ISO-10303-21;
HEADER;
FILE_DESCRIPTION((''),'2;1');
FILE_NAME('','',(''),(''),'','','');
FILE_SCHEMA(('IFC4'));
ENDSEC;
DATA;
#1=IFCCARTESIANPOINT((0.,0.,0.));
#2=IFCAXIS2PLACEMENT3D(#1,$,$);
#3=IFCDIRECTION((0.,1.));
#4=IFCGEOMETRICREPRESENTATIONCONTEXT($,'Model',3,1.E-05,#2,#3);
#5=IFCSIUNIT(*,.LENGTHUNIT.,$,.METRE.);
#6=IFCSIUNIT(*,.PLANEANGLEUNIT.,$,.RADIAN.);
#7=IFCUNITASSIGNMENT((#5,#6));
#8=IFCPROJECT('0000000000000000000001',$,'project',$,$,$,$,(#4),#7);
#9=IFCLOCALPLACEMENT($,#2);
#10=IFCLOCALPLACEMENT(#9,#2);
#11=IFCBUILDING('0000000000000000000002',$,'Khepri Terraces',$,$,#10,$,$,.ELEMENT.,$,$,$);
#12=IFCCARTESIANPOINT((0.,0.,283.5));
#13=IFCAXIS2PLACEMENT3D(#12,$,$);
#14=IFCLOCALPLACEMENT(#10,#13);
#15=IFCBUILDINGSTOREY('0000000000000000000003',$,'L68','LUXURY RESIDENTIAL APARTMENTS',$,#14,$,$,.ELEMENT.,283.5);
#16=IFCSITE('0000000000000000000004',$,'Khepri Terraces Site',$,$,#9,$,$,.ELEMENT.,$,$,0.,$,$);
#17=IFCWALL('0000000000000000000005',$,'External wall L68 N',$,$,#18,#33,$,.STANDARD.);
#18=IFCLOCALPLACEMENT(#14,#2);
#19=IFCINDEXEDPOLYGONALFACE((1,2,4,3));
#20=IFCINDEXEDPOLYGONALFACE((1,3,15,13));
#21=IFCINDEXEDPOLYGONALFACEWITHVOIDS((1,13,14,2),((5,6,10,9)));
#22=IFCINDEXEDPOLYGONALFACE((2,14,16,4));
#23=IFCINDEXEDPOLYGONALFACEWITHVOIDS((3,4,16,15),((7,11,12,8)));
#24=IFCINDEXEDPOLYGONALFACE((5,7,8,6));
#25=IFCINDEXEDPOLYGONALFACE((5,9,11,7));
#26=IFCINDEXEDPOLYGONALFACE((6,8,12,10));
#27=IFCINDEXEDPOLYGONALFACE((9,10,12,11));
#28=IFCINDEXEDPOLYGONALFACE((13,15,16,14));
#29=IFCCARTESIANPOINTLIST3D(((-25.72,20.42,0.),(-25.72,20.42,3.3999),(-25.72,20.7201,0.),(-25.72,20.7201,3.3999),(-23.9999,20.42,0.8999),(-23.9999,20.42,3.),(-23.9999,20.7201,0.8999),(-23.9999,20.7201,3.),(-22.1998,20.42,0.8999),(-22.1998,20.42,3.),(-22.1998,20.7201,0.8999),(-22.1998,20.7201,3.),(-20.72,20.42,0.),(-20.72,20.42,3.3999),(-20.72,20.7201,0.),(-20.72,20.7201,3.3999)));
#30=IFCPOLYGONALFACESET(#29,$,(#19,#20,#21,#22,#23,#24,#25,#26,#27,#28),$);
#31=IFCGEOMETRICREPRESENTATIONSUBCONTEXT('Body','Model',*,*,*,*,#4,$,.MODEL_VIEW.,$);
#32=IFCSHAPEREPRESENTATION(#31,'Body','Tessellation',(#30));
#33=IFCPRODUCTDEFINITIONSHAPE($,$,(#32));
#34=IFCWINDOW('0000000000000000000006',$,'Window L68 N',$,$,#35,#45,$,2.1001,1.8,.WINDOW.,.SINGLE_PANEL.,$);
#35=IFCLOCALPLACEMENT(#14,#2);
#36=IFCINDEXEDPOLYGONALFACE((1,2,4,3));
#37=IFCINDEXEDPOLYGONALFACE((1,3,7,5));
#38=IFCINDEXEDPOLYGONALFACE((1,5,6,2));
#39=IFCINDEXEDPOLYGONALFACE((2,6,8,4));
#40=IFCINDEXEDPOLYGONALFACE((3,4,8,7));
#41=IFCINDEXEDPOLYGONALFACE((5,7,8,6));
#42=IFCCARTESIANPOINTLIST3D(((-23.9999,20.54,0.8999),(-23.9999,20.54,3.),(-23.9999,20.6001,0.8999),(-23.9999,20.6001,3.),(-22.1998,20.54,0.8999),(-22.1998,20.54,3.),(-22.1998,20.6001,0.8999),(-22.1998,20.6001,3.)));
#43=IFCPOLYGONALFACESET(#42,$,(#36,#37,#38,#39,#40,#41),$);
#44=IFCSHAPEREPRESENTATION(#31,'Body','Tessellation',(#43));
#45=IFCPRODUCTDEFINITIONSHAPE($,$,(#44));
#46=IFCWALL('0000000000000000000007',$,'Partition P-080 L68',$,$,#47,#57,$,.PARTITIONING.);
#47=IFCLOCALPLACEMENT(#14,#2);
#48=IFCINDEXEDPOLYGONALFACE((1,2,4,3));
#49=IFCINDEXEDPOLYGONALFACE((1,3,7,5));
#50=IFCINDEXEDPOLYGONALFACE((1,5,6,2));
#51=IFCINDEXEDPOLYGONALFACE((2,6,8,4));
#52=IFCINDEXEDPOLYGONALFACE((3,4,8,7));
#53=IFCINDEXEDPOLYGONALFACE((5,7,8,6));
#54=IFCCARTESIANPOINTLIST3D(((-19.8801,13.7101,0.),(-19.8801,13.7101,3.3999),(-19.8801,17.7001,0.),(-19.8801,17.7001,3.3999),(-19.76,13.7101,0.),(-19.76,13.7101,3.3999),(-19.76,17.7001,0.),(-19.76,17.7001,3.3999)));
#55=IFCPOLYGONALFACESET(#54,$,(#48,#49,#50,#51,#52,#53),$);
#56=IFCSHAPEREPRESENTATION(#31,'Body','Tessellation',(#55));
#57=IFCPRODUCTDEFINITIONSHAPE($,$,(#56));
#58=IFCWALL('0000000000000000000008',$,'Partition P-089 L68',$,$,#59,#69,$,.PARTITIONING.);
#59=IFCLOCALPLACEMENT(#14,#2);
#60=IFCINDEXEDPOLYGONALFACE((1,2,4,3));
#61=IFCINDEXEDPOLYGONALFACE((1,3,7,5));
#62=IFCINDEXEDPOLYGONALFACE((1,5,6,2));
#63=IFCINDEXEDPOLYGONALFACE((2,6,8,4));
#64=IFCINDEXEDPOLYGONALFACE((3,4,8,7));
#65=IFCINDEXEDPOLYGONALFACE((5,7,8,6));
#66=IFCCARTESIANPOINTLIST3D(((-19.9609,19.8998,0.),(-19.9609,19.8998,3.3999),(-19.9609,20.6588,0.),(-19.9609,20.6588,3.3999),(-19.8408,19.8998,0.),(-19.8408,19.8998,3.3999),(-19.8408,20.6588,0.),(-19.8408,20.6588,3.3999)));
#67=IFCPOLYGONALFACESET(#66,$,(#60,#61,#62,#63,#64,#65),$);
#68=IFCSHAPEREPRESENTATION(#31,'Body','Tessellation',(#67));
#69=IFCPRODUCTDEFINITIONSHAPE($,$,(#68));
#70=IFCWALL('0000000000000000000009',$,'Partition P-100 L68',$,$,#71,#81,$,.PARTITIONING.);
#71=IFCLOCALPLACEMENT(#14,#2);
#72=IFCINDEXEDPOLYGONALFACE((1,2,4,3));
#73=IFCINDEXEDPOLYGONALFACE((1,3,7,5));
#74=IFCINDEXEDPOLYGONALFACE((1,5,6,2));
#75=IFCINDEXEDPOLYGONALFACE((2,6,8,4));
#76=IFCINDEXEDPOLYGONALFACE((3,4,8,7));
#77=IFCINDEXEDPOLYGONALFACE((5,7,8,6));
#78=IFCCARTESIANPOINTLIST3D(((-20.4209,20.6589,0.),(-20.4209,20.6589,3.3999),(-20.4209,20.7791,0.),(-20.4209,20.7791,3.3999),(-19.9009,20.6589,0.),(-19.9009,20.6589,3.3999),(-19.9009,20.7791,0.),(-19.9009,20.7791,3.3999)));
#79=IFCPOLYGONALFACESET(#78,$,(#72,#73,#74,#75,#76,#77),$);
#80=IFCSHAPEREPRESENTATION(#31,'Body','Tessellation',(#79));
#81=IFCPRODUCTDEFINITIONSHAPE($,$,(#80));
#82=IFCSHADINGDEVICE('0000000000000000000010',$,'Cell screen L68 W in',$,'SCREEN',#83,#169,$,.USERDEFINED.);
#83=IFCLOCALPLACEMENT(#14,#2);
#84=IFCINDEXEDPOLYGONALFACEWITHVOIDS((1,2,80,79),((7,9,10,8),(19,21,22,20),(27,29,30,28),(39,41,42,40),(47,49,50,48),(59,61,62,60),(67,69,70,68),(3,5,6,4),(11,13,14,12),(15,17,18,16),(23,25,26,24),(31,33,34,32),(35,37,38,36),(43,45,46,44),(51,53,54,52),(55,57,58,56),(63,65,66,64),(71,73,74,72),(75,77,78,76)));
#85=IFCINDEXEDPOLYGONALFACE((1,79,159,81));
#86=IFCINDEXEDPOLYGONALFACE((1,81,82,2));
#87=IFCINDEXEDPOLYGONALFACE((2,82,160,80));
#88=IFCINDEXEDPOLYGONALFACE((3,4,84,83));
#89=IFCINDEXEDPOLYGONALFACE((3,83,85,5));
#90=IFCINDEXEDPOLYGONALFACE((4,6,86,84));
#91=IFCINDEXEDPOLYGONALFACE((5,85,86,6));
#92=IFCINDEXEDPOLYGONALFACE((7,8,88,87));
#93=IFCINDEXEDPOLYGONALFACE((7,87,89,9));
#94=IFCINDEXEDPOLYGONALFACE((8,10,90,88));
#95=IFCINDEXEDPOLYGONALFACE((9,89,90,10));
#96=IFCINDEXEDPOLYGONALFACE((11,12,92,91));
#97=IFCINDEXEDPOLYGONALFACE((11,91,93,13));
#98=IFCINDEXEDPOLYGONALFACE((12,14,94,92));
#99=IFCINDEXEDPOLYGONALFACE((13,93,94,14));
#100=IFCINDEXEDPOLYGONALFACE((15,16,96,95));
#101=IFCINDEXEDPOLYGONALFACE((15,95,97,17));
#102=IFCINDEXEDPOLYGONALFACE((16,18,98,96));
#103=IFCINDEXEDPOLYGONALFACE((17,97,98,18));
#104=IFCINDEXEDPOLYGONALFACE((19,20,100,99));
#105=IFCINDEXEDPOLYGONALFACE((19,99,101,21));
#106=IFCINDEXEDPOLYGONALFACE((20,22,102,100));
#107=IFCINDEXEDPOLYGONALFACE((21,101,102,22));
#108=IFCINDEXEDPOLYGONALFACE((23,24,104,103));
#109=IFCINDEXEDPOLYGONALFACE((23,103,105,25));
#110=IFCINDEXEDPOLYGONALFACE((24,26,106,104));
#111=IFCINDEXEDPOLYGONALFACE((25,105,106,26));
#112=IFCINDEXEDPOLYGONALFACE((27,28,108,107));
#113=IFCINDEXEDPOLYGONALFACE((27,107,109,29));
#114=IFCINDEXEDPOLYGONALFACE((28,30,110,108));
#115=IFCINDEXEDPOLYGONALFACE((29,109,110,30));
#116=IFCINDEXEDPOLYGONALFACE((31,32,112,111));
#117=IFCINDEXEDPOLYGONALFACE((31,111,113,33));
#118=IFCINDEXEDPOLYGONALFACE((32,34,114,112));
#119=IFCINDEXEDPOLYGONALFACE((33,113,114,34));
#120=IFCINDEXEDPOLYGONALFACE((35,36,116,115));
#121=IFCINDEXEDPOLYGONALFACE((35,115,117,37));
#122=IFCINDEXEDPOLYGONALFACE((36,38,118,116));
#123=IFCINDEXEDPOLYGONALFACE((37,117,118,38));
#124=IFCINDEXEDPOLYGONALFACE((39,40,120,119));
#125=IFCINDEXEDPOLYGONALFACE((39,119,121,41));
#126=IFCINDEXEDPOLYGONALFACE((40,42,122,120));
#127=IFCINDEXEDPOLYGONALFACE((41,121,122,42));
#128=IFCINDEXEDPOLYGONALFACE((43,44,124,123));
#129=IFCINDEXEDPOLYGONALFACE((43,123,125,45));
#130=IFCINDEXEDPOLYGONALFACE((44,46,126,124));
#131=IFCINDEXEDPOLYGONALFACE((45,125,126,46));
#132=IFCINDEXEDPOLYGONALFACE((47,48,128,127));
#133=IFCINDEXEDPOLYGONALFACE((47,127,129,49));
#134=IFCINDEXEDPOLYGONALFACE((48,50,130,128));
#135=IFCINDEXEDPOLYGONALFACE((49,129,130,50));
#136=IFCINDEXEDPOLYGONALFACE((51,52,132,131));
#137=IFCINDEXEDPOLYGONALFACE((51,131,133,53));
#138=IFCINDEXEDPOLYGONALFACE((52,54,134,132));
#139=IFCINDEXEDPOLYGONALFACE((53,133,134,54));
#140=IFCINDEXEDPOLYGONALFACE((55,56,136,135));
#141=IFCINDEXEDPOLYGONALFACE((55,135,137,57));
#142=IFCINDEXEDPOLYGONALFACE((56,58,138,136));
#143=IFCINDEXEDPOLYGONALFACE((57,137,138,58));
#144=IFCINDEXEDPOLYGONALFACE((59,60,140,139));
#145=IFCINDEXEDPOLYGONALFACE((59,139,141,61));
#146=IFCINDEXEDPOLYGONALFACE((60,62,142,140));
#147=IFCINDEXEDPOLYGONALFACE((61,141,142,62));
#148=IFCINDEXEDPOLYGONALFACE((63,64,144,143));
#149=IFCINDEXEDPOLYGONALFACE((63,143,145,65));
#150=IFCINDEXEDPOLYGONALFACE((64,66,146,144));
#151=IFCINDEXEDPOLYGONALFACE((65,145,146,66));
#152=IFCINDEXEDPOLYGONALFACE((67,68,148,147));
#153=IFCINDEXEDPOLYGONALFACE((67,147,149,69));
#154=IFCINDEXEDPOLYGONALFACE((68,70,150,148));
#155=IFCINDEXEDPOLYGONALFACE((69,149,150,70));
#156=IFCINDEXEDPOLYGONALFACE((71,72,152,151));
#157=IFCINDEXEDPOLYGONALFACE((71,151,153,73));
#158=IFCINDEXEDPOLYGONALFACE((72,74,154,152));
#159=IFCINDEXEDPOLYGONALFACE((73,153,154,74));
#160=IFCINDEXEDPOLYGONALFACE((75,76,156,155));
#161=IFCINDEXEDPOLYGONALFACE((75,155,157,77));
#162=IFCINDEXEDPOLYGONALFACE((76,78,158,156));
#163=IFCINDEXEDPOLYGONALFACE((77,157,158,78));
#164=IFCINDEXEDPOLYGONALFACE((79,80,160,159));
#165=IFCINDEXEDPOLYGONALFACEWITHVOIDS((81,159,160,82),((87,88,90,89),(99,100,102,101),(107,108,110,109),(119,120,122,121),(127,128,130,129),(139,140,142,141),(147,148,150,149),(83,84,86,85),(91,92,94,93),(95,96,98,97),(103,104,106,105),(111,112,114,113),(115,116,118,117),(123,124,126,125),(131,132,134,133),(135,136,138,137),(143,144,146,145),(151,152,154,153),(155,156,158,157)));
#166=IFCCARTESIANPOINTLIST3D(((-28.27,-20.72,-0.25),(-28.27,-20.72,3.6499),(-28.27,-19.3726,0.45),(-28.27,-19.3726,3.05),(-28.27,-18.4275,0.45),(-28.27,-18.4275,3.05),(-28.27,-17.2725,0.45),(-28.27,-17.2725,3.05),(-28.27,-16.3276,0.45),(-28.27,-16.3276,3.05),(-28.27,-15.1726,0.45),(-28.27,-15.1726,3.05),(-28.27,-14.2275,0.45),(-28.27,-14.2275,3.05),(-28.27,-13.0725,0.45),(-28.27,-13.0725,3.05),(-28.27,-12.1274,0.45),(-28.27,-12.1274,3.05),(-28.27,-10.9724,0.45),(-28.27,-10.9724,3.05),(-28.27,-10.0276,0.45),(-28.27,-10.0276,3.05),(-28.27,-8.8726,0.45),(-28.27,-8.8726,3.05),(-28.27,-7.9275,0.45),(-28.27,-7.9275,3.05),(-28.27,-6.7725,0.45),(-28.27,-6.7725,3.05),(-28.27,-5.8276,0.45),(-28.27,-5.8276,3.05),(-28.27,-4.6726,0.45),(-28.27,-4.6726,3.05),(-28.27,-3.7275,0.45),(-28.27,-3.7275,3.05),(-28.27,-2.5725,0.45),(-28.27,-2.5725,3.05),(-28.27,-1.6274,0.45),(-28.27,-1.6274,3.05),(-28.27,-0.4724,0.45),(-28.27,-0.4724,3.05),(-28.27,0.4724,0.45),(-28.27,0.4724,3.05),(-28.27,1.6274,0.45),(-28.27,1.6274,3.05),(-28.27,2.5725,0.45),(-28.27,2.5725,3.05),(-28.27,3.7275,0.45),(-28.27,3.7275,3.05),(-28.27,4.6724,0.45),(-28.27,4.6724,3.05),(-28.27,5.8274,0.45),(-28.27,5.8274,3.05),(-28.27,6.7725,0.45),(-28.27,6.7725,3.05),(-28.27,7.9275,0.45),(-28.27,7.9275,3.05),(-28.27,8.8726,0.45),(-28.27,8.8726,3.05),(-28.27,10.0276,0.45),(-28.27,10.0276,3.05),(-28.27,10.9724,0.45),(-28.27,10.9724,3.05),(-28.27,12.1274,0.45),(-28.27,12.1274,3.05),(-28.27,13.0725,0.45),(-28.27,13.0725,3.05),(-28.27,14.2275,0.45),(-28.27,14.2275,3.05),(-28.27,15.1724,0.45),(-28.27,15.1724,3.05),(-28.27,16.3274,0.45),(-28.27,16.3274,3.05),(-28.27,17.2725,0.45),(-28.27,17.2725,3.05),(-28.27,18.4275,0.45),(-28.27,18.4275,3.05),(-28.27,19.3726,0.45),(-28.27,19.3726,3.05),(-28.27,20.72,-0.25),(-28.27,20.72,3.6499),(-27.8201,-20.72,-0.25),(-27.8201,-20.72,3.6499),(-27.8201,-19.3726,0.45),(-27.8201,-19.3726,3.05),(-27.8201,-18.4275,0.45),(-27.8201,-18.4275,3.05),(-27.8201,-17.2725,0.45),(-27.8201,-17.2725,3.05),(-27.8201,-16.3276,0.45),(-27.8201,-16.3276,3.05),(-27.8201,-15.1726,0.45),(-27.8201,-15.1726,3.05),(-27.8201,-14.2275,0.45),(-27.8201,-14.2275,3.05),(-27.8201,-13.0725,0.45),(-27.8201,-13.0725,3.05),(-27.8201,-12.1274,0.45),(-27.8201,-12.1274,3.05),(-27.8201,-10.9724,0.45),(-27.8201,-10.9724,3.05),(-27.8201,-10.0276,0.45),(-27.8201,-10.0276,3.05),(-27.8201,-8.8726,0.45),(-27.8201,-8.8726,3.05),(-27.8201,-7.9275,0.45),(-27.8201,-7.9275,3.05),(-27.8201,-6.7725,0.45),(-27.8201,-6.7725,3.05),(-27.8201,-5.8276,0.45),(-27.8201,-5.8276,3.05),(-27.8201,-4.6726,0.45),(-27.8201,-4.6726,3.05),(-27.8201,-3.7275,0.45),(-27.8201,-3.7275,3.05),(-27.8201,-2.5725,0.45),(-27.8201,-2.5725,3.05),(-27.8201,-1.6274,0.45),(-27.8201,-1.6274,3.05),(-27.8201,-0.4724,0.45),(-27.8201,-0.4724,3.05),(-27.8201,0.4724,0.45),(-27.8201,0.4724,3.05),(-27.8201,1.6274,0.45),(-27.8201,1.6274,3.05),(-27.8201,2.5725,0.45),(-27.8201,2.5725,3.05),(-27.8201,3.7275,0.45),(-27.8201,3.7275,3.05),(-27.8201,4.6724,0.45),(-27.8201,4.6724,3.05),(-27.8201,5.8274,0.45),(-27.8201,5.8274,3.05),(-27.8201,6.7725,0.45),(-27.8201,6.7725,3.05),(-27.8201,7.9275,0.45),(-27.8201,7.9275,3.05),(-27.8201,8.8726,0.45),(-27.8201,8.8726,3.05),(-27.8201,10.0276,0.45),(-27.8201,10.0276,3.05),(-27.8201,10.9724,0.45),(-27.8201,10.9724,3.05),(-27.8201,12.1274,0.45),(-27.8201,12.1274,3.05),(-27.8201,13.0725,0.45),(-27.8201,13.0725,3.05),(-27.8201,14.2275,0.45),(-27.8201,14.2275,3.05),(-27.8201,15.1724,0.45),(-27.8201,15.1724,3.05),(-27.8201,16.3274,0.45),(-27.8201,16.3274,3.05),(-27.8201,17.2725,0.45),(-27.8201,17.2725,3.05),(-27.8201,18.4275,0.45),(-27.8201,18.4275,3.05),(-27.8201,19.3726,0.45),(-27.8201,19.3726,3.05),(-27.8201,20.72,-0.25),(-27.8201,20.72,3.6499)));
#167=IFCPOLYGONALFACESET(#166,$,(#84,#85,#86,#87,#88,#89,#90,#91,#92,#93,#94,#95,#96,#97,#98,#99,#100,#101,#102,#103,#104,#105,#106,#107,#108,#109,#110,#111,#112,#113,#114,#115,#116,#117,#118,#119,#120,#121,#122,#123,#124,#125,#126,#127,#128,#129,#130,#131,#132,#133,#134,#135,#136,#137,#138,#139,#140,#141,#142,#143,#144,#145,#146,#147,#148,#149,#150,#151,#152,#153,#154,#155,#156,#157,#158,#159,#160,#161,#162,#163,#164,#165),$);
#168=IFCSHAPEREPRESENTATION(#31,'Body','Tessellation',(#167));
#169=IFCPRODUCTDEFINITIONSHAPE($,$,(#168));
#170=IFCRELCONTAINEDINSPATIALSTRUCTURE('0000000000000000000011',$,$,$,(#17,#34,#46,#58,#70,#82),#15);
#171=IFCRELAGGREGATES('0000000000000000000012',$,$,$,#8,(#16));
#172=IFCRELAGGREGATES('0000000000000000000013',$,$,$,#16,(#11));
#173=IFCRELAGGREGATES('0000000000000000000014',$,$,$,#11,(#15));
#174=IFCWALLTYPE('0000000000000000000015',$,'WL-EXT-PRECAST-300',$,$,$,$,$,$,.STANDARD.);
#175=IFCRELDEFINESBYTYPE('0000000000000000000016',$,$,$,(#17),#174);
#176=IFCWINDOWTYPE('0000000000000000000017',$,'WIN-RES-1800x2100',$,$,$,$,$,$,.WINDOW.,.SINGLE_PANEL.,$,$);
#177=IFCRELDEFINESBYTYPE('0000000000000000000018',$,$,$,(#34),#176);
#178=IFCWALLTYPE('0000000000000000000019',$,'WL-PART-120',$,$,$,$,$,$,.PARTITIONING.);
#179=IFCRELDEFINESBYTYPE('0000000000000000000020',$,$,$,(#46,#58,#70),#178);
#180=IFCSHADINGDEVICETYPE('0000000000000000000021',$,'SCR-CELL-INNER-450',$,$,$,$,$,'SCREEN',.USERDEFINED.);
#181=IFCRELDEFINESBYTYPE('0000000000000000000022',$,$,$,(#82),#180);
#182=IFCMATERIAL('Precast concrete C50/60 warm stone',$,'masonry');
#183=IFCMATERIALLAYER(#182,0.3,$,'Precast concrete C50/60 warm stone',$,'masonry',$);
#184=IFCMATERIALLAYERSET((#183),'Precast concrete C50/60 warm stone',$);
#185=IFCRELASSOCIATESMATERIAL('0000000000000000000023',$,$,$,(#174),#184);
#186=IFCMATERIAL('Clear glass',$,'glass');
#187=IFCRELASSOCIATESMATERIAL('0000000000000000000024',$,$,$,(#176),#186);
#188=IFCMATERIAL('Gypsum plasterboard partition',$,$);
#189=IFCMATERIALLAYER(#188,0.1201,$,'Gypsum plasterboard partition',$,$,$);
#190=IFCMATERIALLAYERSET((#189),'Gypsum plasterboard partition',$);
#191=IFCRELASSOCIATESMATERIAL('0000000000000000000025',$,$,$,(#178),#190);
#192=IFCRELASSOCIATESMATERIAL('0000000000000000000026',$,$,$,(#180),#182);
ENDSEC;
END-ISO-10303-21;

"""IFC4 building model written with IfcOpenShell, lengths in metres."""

from ifc_helpers import new_model, si_unit, direction, frame, frame_2d, origin, place, context, subcontext, project, spatial, polyline, rectangle, outline, extrude, material, layer, layer_set, type_object, element, fill, save


model = new_model("IFC4")

# Units and contexts
model_context = context("Model", 3, precision=1e-05, world=origin(), true_north=direction((0.0, 1.0)))
body_context = subcontext(model_context, "Body", "Model", "MODEL_VIEW")
ifc_project = project(units=[si_unit("LENGTHUNIT", "METRE"), si_unit("PLANEANGLEUNIT", "RADIAN")], contexts=[model_context])

# Site, building, storey
site_placement = place(None, origin())
site = spatial("IfcSite", under=ifc_project, at=site_placement, Name="Khepri Terraces Site", CompositionType="ELEMENT", RefElevation=0.0)
building_placement = place(site_placement, origin())
building = spatial("IfcBuilding", under=site, at=building_placement, Name="Khepri Terraces", CompositionType="ELEMENT")
storey_placement = place(building_placement, frame((0.0, 0.0, 283.5)))
storey = spatial("IfcBuildingStorey", under=building, at=storey_placement, Name="L68", Description="LUXURY RESIDENTIAL APARTMENTS", CompositionType="ELEMENT", Elevation=283.5)

# Wall, opening, window
ifc_material_1 = material(Name="Precast concrete C50/60 warm stone", Category="masonry")
ifc_layer_1 = layer(ifc_material_1, 0.3, Name="Precast concrete C50/60 warm stone", Category="masonry")
ifc_layer_set_1 = layer_set([ifc_layer_1], Name="Precast concrete C50/60 warm stone")
wall_type_1 = type_object("IfcWallType", Name="WL-EXT-PRECAST-300", PredefinedType="STANDARD", material=ifc_layer_set_1)
ifc_material_2 = material(Name="Clear glass", Category="glass")
window_type = type_object("IfcWindowType", Name="WIN-RES-1800x2100", PartitioningType="SINGLE_PANEL", PredefinedType="WINDOW", material=ifc_material_2)
wall_1_placement = place(storey_placement, frame((-20.72, 20.5701, 0.0), z_axis=(0.0, 0.0, 1.0), x_axis=(-1.0, 0.0, 0.0)))
wall_1 = element("IfcWall", 1, at=wall_1_placement, inside=storey, type_object=wall_type_1, Name="External wall L68 N", PredefinedType="STANDARD", context=body_context, shape_type="SweptSolid", body=[
    extrude(rectangle(XDim=5.0, YDim=0.3, at=frame_2d((2.5, 0.0))), origin(), (0.0, 0.0, 1.0), 3.3999),
])
opening_1_placement = place(wall_1_placement, frame((1.48, 0.0, 0.8999)))
opening_1 = element("IfcOpeningElement", 2, at=opening_1_placement, cuts=wall_1, PredefinedType="OPENING", context=body_context, shape_type="SweptSolid", body=[
    extrude(rectangle(XDim=1.8, YDim=2.1001, at=frame_2d((0.8999, 1.05))), frame((0.0, 0.1602, 0.0), z_axis=(0.0, -1.0, 0.0), x_axis=(1.0, 0.0, 0.0)), (0.0, 0.0, 1.0), 0.3201),
])
window_1_placement = place(opening_1_placement, origin())
window_1 = element("IfcWindow", 3, at=window_1_placement, inside=storey, type_object=window_type, Name="Window L68 N", OverallHeight=2.1001, OverallWidth=1.8, PartitioningType="SINGLE_PANEL", PredefinedType="WINDOW", context=body_context, shape_type="SweptSolid", body=[
    extrude(rectangle(XDim=1.8, YDim=2.1001, at=frame_2d((0.8999, 1.05))), frame((0.0, 0.03, 0.0), z_axis=(0.0, -1.0, 0.0), x_axis=(1.0, 0.0, 0.0)), (0.0, 0.0, 1.0), 0.0601),
])
fill(opening_1, window_1)

# Walls
ifc_material_3 = material(Name="Gypsum plasterboard partition")
ifc_layer_2 = layer(ifc_material_3, 0.1201, Name="Gypsum plasterboard partition")
ifc_layer_set_2 = layer_set([ifc_layer_2], Name="Gypsum plasterboard partition")
wall_type_2 = type_object("IfcWallType", Name="WL-PART-120", PredefinedType="PARTITIONING", material=ifc_layer_set_2)
wall_2_placement = place(storey_placement, frame((-19.8201, 13.71, 0.0), z_axis=(0.0, 0.0, 1.0), x_axis=(0.0, 1.0, 0.0)))
element("IfcWall", 4, at=wall_2_placement, inside=storey, type_object=wall_type_2, Name="Partition P-080 L68", PredefinedType="PARTITIONING", context=body_context, shape_type="SweptSolid", body=[
    extrude(rectangle(XDim=3.99, YDim=0.1201, at=frame_2d((1.9951, 0.0))), origin(), (0.0, 0.0, 1.0), 3.3999),
])
wall_3_placement = place(storey_placement, frame((-19.9009, 19.8999, 0.0), z_axis=(0.0, 0.0, 1.0), x_axis=(0.0, 1.0, 0.0)))
element("IfcWall", 5, at=wall_3_placement, inside=storey, type_object=wall_type_2, Name="Partition P-089 L68", PredefinedType="PARTITIONING", context=body_context, shape_type="SweptSolid", body=[
    extrude(rectangle(XDim=0.759, YDim=0.1201, at=frame_2d((0.3794, 0.0))), origin(), (0.0, 0.0, 1.0), 3.3999),
])
wall_4_placement = place(storey_placement, frame((-20.4209, 20.719, 0.0), z_axis=(0.0, 0.0, 1.0), x_axis=(1.0, 0.0, 0.0)))
element("IfcWall", 6, at=wall_4_placement, inside=storey, type_object=wall_type_2, Name="Partition P-100 L68", PredefinedType="PARTITIONING", context=body_context, shape_type="SweptSolid", body=[
    extrude(rectangle(XDim=0.52, YDim=0.1201, at=frame_2d((0.26, 0.0))), origin(), (0.0, 0.0, 1.0), 3.3999),
])

# Shading device
shading_device_type_1 = type_object("IfcShadingDeviceType", Name="SCR-CELL-INNER-450", ElementType="SCREEN", PredefinedType="USERDEFINED", material=ifc_material_1)
shading_device_1_placement = place(storey_placement, frame((-27.8201, 20.72, -0.25), z_axis=(-1.0, 0.0, 0.0), x_axis=(0.0, -1.0, 0.0)))
element("IfcShadingDevice", 7, at=shading_device_1_placement, inside=storey, type_object=shading_device_type_1, Name="Cell screen L68 W in", ObjectType="SCREEN", PredefinedType="USERDEFINED", context=body_context, shape_type="SweptSolid", body=[
    extrude(outline(polyline([(0.0, 0.0), (41.4399, 0.0), (41.4399, 3.8999), (0.0, 3.8999), (0.0, 0.0)]), holes=[polyline([(1.3474, 0.7), (2.2925, 0.7), (2.2925, 3.3), (1.3474, 3.3), (1.3474, 0.7)]), polyline([(3.4475, 0.7), (4.3926, 0.7), (4.3926, 3.3), (3.4475, 3.3), (3.4475, 0.7)]), polyline([(5.5476, 0.7), (6.4924, 0.7), (6.4924, 3.3), (5.5476, 3.3), (5.5476, 0.7)]), polyline([(7.6475, 0.7), (8.5925, 0.7), (8.5925, 3.3), (7.6475, 3.3), (7.6475, 0.7)]), polyline([(9.7476, 0.7), (10.6924, 0.7), (10.6924, 3.3), (9.7476, 3.3), (9.7476, 0.7)]), polyline([(11.8474, 0.7), (12.7925, 0.7), (12.7925, 3.3), (11.8474, 3.3), (11.8474, 0.7)]), polyline([(13.9475, 0.7), (14.8926, 0.7), (14.8926, 3.3), (13.9475, 3.3), (13.9475, 0.7)]), polyline([(16.0476, 0.7), (16.9924, 0.7), (16.9924, 3.3), (16.0476, 3.3), (16.0476, 0.7)]), polyline([(18.1475, 0.7), (19.0925, 0.7), (19.0925, 3.3), (18.1475, 3.3), (18.1475, 0.7)]), polyline([(20.2476, 0.7), (21.1924, 0.7), (21.1924, 3.3), (20.2476, 3.3), (20.2476, 0.7)]), polyline([(22.3474, 0.7), (23.2925, 0.7), (23.2925, 3.3), (22.3474, 3.3), (22.3474, 0.7)]), polyline([(24.4475, 0.7), (25.3926, 0.7), (25.3926, 3.3), (24.4475, 3.3), (24.4475, 0.7)]), polyline([(26.5476, 0.7), (27.4924, 0.7), (27.4924, 3.3), (26.5476, 3.3), (26.5476, 0.7)]), polyline([(28.6475, 0.7), (29.5925, 0.7), (29.5925, 3.3), (28.6475, 3.3), (28.6475, 0.7)]), polyline([(30.7476, 0.7), (31.6924, 0.7), (31.6924, 3.3), (30.7476, 3.3), (30.7476, 0.7)]), polyline([(32.8474, 0.7), (33.7925, 0.7), (33.7925, 3.3), (32.8474, 3.3), (32.8474, 0.7)]), polyline([(34.9475, 0.7), (35.8926, 0.7), (35.8926, 3.3), (34.9475, 3.3), (34.9475, 0.7)]), polyline([(37.0476, 0.7), (37.9924, 0.7), (37.9924, 3.3), (37.0476, 3.3), (37.0476, 0.7)]), polyline([(39.1475, 0.7), (40.0925, 0.7), (40.0925, 3.3), (39.1475, 3.3), (39.1475, 0.7)])]), origin(), (0.0, 0.0, 1.0), 0.45),
])

save(model, "model.ifc")
